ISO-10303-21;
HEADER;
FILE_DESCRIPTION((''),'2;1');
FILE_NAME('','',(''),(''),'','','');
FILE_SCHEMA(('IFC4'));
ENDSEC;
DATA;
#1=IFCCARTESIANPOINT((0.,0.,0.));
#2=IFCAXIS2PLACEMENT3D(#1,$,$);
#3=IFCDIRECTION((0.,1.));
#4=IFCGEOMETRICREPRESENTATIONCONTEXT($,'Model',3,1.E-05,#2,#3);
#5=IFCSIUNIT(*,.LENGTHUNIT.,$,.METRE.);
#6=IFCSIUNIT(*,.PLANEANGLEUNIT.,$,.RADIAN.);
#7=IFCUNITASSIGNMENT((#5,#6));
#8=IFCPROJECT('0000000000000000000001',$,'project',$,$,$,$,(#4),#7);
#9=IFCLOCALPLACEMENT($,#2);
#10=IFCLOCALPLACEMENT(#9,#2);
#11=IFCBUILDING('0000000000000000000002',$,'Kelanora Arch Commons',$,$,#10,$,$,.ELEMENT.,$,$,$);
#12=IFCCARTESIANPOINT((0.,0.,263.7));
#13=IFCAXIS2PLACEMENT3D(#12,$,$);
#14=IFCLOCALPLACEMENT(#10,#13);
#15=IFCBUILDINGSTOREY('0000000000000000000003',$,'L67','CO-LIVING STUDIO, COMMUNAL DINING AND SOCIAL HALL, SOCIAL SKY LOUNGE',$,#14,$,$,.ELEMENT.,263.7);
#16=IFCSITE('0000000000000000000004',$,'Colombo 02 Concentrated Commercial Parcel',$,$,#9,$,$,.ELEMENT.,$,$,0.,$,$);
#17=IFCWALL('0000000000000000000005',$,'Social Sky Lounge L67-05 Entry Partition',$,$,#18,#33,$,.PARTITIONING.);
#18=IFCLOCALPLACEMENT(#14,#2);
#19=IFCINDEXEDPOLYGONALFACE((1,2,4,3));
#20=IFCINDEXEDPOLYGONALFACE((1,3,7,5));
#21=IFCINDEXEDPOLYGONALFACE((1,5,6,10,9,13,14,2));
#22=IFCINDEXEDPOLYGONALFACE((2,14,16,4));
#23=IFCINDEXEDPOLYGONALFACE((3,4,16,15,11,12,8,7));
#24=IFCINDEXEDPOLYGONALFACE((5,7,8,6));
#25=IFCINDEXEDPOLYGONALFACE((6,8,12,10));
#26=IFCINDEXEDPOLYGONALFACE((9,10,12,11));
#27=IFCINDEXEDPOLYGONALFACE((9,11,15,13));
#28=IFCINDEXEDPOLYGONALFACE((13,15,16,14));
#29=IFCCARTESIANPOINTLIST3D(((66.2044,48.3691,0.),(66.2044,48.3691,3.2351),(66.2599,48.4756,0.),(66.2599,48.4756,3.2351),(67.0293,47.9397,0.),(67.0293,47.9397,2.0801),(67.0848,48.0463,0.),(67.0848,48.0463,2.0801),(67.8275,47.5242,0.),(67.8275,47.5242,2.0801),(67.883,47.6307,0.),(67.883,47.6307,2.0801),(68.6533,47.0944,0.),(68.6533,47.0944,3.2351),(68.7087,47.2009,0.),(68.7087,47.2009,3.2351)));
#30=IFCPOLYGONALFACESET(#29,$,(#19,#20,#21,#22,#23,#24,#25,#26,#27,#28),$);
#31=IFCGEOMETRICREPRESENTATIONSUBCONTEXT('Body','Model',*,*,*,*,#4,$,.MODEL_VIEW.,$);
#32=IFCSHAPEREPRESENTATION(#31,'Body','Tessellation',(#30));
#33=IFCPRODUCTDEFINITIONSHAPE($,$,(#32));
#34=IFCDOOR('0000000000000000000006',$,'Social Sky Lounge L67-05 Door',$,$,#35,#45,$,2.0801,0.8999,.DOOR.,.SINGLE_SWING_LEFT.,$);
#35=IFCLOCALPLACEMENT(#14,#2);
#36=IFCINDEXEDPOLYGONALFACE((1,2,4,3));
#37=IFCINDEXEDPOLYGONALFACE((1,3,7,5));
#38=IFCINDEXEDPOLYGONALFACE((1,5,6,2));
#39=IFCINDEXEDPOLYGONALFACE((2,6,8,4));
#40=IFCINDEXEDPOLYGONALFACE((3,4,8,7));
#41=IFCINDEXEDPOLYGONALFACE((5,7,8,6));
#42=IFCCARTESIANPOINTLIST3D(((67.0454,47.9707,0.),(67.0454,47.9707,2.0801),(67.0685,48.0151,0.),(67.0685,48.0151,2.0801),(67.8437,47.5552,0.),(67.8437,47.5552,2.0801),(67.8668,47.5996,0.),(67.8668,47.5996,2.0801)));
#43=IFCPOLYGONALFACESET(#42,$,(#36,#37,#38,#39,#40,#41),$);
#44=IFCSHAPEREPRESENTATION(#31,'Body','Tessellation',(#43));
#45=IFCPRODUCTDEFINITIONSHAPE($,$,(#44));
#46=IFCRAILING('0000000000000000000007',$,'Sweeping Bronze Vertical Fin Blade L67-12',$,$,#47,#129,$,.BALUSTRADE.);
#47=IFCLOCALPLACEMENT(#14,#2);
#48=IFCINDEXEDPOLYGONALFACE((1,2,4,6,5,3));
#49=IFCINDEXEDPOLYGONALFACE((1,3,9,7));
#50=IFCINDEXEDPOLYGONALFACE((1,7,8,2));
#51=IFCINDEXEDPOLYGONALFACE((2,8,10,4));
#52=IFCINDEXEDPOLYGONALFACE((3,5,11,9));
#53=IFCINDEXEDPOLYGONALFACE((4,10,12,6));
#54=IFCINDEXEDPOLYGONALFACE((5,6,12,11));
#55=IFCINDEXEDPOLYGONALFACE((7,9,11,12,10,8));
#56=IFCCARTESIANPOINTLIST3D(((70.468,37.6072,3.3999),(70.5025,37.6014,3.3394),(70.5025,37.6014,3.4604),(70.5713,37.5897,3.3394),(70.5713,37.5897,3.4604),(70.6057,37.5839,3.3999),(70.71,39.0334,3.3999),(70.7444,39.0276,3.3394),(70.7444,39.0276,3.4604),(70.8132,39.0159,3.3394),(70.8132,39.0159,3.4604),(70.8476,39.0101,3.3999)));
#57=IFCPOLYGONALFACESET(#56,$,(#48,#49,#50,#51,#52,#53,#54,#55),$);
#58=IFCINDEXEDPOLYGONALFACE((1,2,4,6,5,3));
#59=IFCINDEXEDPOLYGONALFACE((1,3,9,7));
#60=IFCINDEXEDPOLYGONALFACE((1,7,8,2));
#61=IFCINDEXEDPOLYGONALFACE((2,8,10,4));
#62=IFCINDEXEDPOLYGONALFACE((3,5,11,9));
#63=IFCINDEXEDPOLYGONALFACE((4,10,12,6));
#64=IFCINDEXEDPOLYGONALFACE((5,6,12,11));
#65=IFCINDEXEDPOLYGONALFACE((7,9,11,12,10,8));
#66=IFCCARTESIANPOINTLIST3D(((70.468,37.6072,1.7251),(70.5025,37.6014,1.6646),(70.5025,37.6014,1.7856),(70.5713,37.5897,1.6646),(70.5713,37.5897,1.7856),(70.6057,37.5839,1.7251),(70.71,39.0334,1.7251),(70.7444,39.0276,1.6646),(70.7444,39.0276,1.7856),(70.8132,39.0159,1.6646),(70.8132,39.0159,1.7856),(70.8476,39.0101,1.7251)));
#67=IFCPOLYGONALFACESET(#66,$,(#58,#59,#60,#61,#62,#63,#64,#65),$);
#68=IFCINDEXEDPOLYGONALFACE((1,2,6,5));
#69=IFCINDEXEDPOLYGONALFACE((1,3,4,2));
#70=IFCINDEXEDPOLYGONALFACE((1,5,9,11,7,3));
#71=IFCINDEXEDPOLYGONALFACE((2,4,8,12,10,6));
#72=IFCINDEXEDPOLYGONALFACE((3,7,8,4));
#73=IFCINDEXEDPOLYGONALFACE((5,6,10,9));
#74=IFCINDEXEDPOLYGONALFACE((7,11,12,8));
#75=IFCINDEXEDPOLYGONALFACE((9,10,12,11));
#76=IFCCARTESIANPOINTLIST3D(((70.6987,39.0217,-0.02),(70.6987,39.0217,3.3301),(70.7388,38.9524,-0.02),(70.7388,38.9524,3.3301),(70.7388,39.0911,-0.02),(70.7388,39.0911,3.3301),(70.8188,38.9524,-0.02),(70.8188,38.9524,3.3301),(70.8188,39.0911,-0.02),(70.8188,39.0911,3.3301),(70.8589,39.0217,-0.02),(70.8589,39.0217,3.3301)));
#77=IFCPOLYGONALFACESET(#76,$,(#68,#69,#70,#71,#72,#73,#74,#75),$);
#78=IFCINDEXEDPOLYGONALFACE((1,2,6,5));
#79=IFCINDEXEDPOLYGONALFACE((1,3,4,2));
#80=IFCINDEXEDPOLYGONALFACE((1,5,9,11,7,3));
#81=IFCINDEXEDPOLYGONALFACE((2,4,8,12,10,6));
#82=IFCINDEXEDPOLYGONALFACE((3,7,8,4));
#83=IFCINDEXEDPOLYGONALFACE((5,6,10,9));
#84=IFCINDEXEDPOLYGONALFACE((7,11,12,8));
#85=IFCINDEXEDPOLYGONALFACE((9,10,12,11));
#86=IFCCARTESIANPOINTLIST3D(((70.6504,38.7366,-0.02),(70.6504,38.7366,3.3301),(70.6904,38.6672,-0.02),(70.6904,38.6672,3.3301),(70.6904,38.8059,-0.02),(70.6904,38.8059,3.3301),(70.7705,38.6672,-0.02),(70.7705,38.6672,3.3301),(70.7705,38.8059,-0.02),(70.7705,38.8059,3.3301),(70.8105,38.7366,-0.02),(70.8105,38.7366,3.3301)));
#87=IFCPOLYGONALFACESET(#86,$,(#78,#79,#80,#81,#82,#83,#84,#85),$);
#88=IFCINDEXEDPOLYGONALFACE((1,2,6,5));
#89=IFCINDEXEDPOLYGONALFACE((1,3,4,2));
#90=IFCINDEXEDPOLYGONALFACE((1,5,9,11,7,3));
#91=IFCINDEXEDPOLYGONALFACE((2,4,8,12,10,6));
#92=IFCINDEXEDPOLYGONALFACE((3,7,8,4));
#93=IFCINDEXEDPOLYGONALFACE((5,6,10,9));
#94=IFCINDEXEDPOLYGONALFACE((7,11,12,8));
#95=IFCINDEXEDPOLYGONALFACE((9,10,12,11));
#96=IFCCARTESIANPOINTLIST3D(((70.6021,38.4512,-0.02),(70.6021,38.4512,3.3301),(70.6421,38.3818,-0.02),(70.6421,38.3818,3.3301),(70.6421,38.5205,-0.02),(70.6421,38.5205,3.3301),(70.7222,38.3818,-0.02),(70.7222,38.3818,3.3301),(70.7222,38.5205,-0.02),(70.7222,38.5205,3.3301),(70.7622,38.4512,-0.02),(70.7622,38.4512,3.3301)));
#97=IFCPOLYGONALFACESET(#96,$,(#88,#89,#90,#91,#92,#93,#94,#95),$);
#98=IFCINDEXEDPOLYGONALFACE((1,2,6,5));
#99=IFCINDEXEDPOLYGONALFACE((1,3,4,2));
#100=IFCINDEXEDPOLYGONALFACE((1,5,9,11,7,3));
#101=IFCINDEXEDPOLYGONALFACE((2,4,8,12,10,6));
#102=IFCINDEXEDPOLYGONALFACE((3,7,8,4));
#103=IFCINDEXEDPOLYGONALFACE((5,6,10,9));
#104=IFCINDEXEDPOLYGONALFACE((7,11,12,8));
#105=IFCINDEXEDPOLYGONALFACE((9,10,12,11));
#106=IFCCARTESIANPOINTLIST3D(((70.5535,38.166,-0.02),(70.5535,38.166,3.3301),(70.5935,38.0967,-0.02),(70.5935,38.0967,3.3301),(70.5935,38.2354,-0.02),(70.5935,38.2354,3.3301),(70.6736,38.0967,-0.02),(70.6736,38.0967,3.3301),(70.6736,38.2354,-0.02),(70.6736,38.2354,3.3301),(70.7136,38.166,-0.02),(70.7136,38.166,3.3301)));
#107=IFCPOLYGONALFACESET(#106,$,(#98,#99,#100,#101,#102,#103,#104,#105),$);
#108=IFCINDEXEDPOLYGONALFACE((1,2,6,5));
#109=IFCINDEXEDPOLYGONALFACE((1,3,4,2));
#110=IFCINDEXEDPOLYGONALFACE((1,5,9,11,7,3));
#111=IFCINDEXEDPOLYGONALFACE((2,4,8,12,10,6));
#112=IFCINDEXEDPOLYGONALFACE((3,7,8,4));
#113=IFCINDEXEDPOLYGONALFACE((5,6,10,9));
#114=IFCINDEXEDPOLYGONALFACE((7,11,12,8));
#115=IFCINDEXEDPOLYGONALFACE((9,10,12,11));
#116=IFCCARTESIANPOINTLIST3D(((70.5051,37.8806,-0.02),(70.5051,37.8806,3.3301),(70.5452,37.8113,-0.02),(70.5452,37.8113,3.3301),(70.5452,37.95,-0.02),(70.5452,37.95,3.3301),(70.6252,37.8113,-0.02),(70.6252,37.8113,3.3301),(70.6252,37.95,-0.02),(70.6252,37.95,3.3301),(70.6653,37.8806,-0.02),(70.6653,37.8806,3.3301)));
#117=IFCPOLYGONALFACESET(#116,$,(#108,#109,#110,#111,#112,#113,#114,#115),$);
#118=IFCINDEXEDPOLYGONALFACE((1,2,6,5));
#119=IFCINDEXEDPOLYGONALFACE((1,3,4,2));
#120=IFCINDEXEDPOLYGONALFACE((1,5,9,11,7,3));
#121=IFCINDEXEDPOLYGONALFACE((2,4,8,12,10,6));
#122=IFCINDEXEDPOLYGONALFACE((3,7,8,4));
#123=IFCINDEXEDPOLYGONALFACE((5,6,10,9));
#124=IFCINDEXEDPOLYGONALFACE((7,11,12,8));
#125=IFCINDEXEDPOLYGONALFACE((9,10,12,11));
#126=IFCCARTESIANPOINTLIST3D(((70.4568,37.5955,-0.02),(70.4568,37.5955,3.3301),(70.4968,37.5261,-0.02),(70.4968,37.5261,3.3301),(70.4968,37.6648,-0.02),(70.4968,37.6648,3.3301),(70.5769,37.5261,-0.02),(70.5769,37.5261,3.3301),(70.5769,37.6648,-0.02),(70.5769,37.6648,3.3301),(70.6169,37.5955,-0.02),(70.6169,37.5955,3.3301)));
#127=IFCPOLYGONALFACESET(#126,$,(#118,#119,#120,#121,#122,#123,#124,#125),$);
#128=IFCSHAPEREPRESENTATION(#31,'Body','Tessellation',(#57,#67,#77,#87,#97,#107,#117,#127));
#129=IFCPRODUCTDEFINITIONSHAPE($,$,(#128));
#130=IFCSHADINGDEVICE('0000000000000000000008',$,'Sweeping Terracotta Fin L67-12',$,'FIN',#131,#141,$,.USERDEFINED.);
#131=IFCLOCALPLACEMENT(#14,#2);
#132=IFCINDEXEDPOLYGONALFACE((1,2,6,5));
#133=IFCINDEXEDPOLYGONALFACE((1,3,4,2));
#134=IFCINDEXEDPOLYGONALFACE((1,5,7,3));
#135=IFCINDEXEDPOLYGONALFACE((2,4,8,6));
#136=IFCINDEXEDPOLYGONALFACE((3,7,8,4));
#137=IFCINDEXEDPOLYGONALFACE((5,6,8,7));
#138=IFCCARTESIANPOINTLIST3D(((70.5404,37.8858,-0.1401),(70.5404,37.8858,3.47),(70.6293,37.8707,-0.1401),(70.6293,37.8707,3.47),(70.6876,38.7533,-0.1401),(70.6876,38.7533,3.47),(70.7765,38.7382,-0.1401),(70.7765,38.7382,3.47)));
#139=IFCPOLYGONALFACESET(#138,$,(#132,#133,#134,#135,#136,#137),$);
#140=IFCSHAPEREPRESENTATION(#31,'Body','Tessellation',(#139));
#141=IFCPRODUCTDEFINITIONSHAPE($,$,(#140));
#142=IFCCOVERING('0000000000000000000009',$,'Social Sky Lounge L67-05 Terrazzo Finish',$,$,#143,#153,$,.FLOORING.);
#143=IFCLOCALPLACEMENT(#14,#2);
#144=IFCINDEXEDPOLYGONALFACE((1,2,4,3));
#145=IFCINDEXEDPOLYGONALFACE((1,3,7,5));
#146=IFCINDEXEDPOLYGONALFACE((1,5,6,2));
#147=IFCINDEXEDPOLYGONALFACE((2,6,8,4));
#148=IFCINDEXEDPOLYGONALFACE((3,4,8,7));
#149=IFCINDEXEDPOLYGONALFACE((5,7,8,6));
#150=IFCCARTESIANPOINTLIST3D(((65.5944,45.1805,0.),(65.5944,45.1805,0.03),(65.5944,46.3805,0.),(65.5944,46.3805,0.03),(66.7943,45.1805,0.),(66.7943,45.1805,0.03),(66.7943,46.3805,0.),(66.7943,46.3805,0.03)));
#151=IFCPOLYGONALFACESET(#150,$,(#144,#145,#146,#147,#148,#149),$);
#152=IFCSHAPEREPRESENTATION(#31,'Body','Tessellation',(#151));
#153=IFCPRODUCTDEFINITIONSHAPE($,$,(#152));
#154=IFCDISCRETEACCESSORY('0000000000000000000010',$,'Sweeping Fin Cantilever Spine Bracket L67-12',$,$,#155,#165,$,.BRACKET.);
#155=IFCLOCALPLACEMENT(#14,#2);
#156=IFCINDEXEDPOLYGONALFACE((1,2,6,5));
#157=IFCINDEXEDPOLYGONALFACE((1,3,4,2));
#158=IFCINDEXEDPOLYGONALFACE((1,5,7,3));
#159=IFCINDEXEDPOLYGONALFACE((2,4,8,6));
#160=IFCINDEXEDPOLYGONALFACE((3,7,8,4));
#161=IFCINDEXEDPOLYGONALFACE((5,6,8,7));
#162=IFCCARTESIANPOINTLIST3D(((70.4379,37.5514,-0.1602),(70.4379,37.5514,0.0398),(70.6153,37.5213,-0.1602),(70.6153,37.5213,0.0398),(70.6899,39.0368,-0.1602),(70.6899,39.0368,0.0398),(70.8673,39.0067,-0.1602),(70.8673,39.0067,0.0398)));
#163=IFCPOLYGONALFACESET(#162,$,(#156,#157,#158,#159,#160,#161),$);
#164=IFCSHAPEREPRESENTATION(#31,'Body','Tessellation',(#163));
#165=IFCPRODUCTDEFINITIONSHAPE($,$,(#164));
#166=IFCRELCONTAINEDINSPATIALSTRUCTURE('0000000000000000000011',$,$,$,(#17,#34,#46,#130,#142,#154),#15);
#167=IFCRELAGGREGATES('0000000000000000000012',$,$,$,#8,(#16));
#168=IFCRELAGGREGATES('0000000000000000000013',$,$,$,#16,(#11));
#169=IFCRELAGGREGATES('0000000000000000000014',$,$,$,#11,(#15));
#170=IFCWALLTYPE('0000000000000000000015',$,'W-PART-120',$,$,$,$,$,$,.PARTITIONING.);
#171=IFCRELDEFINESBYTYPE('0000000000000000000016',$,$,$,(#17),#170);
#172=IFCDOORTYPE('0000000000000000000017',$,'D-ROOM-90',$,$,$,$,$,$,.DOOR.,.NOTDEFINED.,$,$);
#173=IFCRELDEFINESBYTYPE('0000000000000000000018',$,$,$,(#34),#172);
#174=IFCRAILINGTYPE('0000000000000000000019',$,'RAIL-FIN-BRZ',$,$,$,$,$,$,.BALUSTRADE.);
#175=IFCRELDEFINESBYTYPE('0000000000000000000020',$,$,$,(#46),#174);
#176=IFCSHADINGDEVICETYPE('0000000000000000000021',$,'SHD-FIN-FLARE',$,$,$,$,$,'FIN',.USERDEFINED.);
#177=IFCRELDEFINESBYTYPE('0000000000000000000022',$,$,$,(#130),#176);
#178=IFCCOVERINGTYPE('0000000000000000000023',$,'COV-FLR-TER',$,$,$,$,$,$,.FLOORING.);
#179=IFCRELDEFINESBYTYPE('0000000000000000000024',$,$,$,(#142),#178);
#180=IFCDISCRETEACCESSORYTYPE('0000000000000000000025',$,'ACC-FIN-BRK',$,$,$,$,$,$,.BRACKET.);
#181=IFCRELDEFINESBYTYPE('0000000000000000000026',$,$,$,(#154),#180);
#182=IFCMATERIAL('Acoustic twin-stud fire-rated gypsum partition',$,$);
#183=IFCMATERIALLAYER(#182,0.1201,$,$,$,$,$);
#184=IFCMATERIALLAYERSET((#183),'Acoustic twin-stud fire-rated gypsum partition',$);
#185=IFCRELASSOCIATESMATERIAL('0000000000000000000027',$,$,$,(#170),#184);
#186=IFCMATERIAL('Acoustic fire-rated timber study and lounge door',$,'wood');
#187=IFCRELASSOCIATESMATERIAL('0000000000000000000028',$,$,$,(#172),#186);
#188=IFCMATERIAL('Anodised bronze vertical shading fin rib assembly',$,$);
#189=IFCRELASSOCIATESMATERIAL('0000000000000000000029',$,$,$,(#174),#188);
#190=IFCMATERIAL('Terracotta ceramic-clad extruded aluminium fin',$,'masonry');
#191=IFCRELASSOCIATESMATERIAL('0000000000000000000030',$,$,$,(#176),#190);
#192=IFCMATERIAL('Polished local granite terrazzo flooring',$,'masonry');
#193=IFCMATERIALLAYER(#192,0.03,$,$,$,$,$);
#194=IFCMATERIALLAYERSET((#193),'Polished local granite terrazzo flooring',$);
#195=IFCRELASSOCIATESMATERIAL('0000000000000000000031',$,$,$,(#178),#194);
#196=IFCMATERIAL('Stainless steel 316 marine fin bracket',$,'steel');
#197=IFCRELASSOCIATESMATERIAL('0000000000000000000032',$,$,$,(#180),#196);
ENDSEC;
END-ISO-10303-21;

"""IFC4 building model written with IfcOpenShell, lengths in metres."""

from ifc_helpers import new_model, si_unit, direction, frame, frame_2d, origin, origin_2d, place, context, subcontext, project, spatial, polyline, rectangle, outline, extrude, source, transform, mapped, material, layer, layer_set, type_object, element, fill, save


model = new_model("IFC4")

# Units and contexts
model_context = context("Model", 3, precision=1e-05, world=origin(), true_north=direction((0.0, 1.0)))
body_context = subcontext(model_context, "Body", "Model", "MODEL_VIEW")
ifc_project = project(units=[si_unit("LENGTHUNIT", "METRE"), si_unit("PLANEANGLEUNIT", "RADIAN")], contexts=[model_context])

# Site, building, storey
site_placement = place(None, origin())
site = spatial("IfcSite", under=ifc_project, at=site_placement, Name="Colombo 02 Concentrated Commercial Parcel", CompositionType="ELEMENT", RefElevation=0.0)
building_placement = place(site_placement, origin())
building = spatial("IfcBuilding", under=site, at=building_placement, Name="Kelanora Arch Commons", CompositionType="ELEMENT")
storey_placement = place(building_placement, frame((0.0, 0.0, 263.7)))
storey = spatial("IfcBuildingStorey", under=building, at=storey_placement, Name="L67", Description="CO-LIVING STUDIO, COMMUNAL DINING AND SOCIAL HALL, SOCIAL SKY LOUNGE", CompositionType="ELEMENT", Elevation=263.7)

# Wall, opening, door
ifc_material_1 = material(Name="Acoustic twin-stud fire-rated gypsum partition")
ifc_layer_1 = layer(ifc_material_1, 0.1201)
ifc_layer_set_1 = layer_set([ifc_layer_1], Name="Acoustic twin-stud fire-rated gypsum partition")
wall_type_1 = type_object("IfcWallType", Name="W-PART-120", PredefinedType="PARTITIONING", material=ifc_layer_set_1)
wall_1_placement = place(storey_placement, frame((66.2322, 48.4224, 0.0), z_axis=(0.0, 0.0, 1.0), x_axis=(0.887021, -0.461729, 0.0)))
wall_1 = element("IfcWall", 1, at=wall_1_placement, inside=storey, type_object=wall_type_1, Name="Social Sky Lounge L67-05 Entry Partition", PredefinedType="PARTITIONING", context=body_context, shape_type="SweptSolid", body=[
    extrude(rectangle(XDim=2.7607, YDim=0.1201, at=frame_2d((1.3804, 0.0))), origin(), (0.0, 0.0, 1.0), 3.2351),
])
opening_1_placement = place(wall_1_placement, frame((0.9299, 0.0, 0.0)))
opening_1 = element("IfcOpeningElement", 2, at=opening_1_placement, cuts=wall_1, PredefinedType="OPENING", context=body_context, shape_type="SweptSolid", body=[
    extrude(rectangle(XDim=0.8999, YDim=2.0801, at=frame_2d((0.45, 1.04))), frame((0.0, 0.0701, 0.0), z_axis=(0.0, -1.0, 0.0), x_axis=(1.0, 0.0, 0.0)), (0.0, 0.0, 1.0), 0.1401),
])
ifc_material_2 = material(Name="Acoustic fire-rated timber study and lounge door", Category="wood")
door_type = type_object("IfcDoorType", Name="D-ROOM-90", OperationType="NOTDEFINED", PredefinedType="DOOR", material=ifc_material_2)
door_placement = place(opening_1_placement, origin())
door = element("IfcDoor", 3, at=door_placement, inside=storey, type_object=door_type, Name="Social Sky Lounge L67-05 Door", OperationType="SINGLE_SWING_LEFT", OverallHeight=2.0801, OverallWidth=0.8999, PredefinedType="DOOR", context=body_context, shape_type="SweptSolid", body=[
    extrude(rectangle(XDim=0.8999, YDim=2.0801, at=frame_2d((0.45, 1.04))), frame((0.0, 0.0249, 0.0), z_axis=(0.0, -1.0, 0.0), x_axis=(1.0, 0.0, 0.0)), (0.0, 0.0, 1.0), 0.05),
])
fill(opening_1, door)

# Railing
ifc_material_3 = material(Name="Anodised bronze vertical shading fin rib assembly")
railing_type = type_object("IfcRailingType", Name="RAIL-FIN-BRZ", PredefinedType="BALUSTRADE", material=ifc_material_3)
railing_placement = place(storey_placement, frame((70.7788, 39.0217, -0.02)))
element("IfcRailing", 4, at=railing_placement, inside=storey, type_object=railing_type, Name="Sweeping Bronze Vertical Fin Blade L67-12", PredefinedType="BALUSTRADE", context=body_context, shape_type="SweptSolid", body=[
    extrude(outline(polyline([(0.0698, 0.0), (0.0349, 0.0605), (-0.0349, 0.0605), (-0.0698, 0.0), (-0.0349, -0.0605), (0.0349, -0.0605), (0.0698, 0.0)])), frame((0.0, 0.0, 3.4199), z_axis=(-0.167244, -0.985915, 0.0), x_axis=(0.985915, -0.167244, 0.0)), (0.0, 0.0, 1.0), 1.4465),
    extrude(outline(polyline([(0.0698, 0.0), (0.0349, 0.0605), (-0.0349, 0.0605), (-0.0698, 0.0), (-0.0349, -0.0605), (0.0349, -0.0605), (0.0698, 0.0)])), frame((0.0, 0.0, 1.7451), z_axis=(-0.167244, -0.985915, 0.0), x_axis=(0.985915, -0.167244, 0.0)), (0.0, 0.0, 1.0), 1.4465),
    extrude(outline(polyline([(0.0801, 0.0), (0.04, 0.0693), (-0.04, 0.0693), (-0.0801, 0.0), (-0.04, -0.0693), (0.04, -0.0693), (0.0801, 0.0)])), origin(), (0.0, 0.0, 1.0), 3.3501),
    extrude(outline(polyline([(0.0801, 0.0), (0.04, 0.0693), (-0.04, 0.0693), (-0.0801, 0.0), (-0.04, -0.0693), (0.04, -0.0693), (0.0801, 0.0)])), frame((-0.0483, -0.2852, 0.0)), (0.0, 0.0, 1.0), 3.3501),
    extrude(outline(polyline([(0.0801, 0.0), (0.04, 0.0693), (-0.04, 0.0693), (-0.0801, 0.0), (-0.04, -0.0693), (0.04, -0.0693), (0.0801, 0.0)])), frame((-0.0967, -0.5706, 0.0)), (0.0, 0.0, 1.0), 3.3501),
    extrude(outline(polyline([(0.0801, 0.0), (0.04, 0.0693), (-0.04, 0.0693), (-0.0801, 0.0), (-0.04, -0.0693), (0.04, -0.0693), (0.0801, 0.0)])), frame((-0.1453, -0.8557, 0.0)), (0.0, 0.0, 1.0), 3.3501),
    extrude(outline(polyline([(0.0801, 0.0), (0.04, 0.0693), (-0.04, 0.0693), (-0.0801, 0.0), (-0.04, -0.0693), (0.04, -0.0693), (0.0801, 0.0)])), frame((-0.1936, -1.1411, 0.0)), (0.0, 0.0, 1.0), 3.3501),
    extrude(outline(polyline([(0.0801, 0.0), (0.04, 0.0693), (-0.04, 0.0693), (-0.0801, 0.0), (-0.04, -0.0693), (0.04, -0.0693), (0.0801, 0.0)])), frame((-0.2419, -1.4263, 0.0)), (0.0, 0.0, 1.0), 3.3501),
])

# Shading device
ifc_material_4 = material(Name="Terracotta ceramic-clad extruded aluminium fin", Category="masonry")
shading_device_type = type_object("IfcShadingDeviceType", Name="SHD-FIN-FLARE", ElementType="FIN", PredefinedType="USERDEFINED", material=ifc_material_4)
shared_shape_1 = source(origin(), body_context, "Body", "SweptSolid", [
    extrude(rectangle(XDim=0.8799, YDim=0.0901, at=origin_2d()), origin(), (0.0, 0.0, 1.0), 3.6101),
])
shading_device_placement = place(storey_placement, frame((70.6584, 38.312, -0.1401), z_axis=(0.0, 0.0, 1.0), x_axis=(-0.167285, -0.985909, 0.0)))
element("IfcShadingDevice", 5, at=shading_device_placement, inside=storey, type_object=shading_device_type, Name="Sweeping Terracotta Fin L67-12", ObjectType="FIN", PredefinedType="USERDEFINED", context=body_context, shape_type="MappedRepresentation", body=[
    mapped(shared_shape_1, transform((0.0, 0.0, 0.0), scale=1.0)),
])

# Covering
ifc_material_5 = material(Name="Polished local granite terrazzo flooring", Category="masonry")
ifc_layer_2 = layer(ifc_material_5, 0.03)
ifc_layer_set_2 = layer_set([ifc_layer_2], Name="Polished local granite terrazzo flooring")
covering_type = type_object("IfcCoveringType", Name="COV-FLR-TER", PredefinedType="FLOORING", material=ifc_layer_set_2)
shared_shape_2 = source(origin(), body_context, "Body", "SweptSolid", [
    extrude(rectangle(XDim=1.2, YDim=1.2, at=origin_2d()), origin(), (0.0, 0.0, 1.0), 0.03),
])
covering_placement = place(storey_placement, frame((66.1943, 45.7805, 0.0), z_axis=(0.0, 0.0, 1.0), x_axis=(1.0, 0.0, 0.0)))
element("IfcCovering", 6, at=covering_placement, inside=storey, type_object=covering_type, Name="Social Sky Lounge L67-05 Terrazzo Finish", PredefinedType="FLOORING", context=body_context, shape_type="MappedRepresentation", body=[
    mapped(shared_shape_2, transform((0.0, 0.0, 0.0), scale=1.0)),
])

# Discrete accessory
ifc_material_6 = material(Name="Stainless steel 316 marine fin bracket", Category="steel")
discrete_accessory_type = type_object("IfcDiscreteAccessoryType", Name="ACC-FIN-BRK", PredefinedType="BRACKET", material=ifc_material_6)
shared_shape_3 = source(origin(), body_context, "Body", "SweptSolid", [
    extrude(rectangle(XDim=1.5066, YDim=0.1799, at=origin_2d()), origin(), (0.0, 0.0, 1.0), 0.2),
])
discrete_accessory_placement = place(storey_placement, frame((70.6526, 38.2791, -0.1602), z_axis=(0.0, 0.0, 1.0), x_axis=(-0.167285, -0.985909, 0.0)))
element("IfcDiscreteAccessory", 7, at=discrete_accessory_placement, inside=storey, type_object=discrete_accessory_type, Name="Sweeping Fin Cantilever Spine Bracket L67-12", PredefinedType="BRACKET", context=body_context, shape_type="MappedRepresentation", body=[
    mapped(shared_shape_3, transform((0.0, 0.0, 0.0), scale=1.0)),
])

save(model, "model.ifc")
